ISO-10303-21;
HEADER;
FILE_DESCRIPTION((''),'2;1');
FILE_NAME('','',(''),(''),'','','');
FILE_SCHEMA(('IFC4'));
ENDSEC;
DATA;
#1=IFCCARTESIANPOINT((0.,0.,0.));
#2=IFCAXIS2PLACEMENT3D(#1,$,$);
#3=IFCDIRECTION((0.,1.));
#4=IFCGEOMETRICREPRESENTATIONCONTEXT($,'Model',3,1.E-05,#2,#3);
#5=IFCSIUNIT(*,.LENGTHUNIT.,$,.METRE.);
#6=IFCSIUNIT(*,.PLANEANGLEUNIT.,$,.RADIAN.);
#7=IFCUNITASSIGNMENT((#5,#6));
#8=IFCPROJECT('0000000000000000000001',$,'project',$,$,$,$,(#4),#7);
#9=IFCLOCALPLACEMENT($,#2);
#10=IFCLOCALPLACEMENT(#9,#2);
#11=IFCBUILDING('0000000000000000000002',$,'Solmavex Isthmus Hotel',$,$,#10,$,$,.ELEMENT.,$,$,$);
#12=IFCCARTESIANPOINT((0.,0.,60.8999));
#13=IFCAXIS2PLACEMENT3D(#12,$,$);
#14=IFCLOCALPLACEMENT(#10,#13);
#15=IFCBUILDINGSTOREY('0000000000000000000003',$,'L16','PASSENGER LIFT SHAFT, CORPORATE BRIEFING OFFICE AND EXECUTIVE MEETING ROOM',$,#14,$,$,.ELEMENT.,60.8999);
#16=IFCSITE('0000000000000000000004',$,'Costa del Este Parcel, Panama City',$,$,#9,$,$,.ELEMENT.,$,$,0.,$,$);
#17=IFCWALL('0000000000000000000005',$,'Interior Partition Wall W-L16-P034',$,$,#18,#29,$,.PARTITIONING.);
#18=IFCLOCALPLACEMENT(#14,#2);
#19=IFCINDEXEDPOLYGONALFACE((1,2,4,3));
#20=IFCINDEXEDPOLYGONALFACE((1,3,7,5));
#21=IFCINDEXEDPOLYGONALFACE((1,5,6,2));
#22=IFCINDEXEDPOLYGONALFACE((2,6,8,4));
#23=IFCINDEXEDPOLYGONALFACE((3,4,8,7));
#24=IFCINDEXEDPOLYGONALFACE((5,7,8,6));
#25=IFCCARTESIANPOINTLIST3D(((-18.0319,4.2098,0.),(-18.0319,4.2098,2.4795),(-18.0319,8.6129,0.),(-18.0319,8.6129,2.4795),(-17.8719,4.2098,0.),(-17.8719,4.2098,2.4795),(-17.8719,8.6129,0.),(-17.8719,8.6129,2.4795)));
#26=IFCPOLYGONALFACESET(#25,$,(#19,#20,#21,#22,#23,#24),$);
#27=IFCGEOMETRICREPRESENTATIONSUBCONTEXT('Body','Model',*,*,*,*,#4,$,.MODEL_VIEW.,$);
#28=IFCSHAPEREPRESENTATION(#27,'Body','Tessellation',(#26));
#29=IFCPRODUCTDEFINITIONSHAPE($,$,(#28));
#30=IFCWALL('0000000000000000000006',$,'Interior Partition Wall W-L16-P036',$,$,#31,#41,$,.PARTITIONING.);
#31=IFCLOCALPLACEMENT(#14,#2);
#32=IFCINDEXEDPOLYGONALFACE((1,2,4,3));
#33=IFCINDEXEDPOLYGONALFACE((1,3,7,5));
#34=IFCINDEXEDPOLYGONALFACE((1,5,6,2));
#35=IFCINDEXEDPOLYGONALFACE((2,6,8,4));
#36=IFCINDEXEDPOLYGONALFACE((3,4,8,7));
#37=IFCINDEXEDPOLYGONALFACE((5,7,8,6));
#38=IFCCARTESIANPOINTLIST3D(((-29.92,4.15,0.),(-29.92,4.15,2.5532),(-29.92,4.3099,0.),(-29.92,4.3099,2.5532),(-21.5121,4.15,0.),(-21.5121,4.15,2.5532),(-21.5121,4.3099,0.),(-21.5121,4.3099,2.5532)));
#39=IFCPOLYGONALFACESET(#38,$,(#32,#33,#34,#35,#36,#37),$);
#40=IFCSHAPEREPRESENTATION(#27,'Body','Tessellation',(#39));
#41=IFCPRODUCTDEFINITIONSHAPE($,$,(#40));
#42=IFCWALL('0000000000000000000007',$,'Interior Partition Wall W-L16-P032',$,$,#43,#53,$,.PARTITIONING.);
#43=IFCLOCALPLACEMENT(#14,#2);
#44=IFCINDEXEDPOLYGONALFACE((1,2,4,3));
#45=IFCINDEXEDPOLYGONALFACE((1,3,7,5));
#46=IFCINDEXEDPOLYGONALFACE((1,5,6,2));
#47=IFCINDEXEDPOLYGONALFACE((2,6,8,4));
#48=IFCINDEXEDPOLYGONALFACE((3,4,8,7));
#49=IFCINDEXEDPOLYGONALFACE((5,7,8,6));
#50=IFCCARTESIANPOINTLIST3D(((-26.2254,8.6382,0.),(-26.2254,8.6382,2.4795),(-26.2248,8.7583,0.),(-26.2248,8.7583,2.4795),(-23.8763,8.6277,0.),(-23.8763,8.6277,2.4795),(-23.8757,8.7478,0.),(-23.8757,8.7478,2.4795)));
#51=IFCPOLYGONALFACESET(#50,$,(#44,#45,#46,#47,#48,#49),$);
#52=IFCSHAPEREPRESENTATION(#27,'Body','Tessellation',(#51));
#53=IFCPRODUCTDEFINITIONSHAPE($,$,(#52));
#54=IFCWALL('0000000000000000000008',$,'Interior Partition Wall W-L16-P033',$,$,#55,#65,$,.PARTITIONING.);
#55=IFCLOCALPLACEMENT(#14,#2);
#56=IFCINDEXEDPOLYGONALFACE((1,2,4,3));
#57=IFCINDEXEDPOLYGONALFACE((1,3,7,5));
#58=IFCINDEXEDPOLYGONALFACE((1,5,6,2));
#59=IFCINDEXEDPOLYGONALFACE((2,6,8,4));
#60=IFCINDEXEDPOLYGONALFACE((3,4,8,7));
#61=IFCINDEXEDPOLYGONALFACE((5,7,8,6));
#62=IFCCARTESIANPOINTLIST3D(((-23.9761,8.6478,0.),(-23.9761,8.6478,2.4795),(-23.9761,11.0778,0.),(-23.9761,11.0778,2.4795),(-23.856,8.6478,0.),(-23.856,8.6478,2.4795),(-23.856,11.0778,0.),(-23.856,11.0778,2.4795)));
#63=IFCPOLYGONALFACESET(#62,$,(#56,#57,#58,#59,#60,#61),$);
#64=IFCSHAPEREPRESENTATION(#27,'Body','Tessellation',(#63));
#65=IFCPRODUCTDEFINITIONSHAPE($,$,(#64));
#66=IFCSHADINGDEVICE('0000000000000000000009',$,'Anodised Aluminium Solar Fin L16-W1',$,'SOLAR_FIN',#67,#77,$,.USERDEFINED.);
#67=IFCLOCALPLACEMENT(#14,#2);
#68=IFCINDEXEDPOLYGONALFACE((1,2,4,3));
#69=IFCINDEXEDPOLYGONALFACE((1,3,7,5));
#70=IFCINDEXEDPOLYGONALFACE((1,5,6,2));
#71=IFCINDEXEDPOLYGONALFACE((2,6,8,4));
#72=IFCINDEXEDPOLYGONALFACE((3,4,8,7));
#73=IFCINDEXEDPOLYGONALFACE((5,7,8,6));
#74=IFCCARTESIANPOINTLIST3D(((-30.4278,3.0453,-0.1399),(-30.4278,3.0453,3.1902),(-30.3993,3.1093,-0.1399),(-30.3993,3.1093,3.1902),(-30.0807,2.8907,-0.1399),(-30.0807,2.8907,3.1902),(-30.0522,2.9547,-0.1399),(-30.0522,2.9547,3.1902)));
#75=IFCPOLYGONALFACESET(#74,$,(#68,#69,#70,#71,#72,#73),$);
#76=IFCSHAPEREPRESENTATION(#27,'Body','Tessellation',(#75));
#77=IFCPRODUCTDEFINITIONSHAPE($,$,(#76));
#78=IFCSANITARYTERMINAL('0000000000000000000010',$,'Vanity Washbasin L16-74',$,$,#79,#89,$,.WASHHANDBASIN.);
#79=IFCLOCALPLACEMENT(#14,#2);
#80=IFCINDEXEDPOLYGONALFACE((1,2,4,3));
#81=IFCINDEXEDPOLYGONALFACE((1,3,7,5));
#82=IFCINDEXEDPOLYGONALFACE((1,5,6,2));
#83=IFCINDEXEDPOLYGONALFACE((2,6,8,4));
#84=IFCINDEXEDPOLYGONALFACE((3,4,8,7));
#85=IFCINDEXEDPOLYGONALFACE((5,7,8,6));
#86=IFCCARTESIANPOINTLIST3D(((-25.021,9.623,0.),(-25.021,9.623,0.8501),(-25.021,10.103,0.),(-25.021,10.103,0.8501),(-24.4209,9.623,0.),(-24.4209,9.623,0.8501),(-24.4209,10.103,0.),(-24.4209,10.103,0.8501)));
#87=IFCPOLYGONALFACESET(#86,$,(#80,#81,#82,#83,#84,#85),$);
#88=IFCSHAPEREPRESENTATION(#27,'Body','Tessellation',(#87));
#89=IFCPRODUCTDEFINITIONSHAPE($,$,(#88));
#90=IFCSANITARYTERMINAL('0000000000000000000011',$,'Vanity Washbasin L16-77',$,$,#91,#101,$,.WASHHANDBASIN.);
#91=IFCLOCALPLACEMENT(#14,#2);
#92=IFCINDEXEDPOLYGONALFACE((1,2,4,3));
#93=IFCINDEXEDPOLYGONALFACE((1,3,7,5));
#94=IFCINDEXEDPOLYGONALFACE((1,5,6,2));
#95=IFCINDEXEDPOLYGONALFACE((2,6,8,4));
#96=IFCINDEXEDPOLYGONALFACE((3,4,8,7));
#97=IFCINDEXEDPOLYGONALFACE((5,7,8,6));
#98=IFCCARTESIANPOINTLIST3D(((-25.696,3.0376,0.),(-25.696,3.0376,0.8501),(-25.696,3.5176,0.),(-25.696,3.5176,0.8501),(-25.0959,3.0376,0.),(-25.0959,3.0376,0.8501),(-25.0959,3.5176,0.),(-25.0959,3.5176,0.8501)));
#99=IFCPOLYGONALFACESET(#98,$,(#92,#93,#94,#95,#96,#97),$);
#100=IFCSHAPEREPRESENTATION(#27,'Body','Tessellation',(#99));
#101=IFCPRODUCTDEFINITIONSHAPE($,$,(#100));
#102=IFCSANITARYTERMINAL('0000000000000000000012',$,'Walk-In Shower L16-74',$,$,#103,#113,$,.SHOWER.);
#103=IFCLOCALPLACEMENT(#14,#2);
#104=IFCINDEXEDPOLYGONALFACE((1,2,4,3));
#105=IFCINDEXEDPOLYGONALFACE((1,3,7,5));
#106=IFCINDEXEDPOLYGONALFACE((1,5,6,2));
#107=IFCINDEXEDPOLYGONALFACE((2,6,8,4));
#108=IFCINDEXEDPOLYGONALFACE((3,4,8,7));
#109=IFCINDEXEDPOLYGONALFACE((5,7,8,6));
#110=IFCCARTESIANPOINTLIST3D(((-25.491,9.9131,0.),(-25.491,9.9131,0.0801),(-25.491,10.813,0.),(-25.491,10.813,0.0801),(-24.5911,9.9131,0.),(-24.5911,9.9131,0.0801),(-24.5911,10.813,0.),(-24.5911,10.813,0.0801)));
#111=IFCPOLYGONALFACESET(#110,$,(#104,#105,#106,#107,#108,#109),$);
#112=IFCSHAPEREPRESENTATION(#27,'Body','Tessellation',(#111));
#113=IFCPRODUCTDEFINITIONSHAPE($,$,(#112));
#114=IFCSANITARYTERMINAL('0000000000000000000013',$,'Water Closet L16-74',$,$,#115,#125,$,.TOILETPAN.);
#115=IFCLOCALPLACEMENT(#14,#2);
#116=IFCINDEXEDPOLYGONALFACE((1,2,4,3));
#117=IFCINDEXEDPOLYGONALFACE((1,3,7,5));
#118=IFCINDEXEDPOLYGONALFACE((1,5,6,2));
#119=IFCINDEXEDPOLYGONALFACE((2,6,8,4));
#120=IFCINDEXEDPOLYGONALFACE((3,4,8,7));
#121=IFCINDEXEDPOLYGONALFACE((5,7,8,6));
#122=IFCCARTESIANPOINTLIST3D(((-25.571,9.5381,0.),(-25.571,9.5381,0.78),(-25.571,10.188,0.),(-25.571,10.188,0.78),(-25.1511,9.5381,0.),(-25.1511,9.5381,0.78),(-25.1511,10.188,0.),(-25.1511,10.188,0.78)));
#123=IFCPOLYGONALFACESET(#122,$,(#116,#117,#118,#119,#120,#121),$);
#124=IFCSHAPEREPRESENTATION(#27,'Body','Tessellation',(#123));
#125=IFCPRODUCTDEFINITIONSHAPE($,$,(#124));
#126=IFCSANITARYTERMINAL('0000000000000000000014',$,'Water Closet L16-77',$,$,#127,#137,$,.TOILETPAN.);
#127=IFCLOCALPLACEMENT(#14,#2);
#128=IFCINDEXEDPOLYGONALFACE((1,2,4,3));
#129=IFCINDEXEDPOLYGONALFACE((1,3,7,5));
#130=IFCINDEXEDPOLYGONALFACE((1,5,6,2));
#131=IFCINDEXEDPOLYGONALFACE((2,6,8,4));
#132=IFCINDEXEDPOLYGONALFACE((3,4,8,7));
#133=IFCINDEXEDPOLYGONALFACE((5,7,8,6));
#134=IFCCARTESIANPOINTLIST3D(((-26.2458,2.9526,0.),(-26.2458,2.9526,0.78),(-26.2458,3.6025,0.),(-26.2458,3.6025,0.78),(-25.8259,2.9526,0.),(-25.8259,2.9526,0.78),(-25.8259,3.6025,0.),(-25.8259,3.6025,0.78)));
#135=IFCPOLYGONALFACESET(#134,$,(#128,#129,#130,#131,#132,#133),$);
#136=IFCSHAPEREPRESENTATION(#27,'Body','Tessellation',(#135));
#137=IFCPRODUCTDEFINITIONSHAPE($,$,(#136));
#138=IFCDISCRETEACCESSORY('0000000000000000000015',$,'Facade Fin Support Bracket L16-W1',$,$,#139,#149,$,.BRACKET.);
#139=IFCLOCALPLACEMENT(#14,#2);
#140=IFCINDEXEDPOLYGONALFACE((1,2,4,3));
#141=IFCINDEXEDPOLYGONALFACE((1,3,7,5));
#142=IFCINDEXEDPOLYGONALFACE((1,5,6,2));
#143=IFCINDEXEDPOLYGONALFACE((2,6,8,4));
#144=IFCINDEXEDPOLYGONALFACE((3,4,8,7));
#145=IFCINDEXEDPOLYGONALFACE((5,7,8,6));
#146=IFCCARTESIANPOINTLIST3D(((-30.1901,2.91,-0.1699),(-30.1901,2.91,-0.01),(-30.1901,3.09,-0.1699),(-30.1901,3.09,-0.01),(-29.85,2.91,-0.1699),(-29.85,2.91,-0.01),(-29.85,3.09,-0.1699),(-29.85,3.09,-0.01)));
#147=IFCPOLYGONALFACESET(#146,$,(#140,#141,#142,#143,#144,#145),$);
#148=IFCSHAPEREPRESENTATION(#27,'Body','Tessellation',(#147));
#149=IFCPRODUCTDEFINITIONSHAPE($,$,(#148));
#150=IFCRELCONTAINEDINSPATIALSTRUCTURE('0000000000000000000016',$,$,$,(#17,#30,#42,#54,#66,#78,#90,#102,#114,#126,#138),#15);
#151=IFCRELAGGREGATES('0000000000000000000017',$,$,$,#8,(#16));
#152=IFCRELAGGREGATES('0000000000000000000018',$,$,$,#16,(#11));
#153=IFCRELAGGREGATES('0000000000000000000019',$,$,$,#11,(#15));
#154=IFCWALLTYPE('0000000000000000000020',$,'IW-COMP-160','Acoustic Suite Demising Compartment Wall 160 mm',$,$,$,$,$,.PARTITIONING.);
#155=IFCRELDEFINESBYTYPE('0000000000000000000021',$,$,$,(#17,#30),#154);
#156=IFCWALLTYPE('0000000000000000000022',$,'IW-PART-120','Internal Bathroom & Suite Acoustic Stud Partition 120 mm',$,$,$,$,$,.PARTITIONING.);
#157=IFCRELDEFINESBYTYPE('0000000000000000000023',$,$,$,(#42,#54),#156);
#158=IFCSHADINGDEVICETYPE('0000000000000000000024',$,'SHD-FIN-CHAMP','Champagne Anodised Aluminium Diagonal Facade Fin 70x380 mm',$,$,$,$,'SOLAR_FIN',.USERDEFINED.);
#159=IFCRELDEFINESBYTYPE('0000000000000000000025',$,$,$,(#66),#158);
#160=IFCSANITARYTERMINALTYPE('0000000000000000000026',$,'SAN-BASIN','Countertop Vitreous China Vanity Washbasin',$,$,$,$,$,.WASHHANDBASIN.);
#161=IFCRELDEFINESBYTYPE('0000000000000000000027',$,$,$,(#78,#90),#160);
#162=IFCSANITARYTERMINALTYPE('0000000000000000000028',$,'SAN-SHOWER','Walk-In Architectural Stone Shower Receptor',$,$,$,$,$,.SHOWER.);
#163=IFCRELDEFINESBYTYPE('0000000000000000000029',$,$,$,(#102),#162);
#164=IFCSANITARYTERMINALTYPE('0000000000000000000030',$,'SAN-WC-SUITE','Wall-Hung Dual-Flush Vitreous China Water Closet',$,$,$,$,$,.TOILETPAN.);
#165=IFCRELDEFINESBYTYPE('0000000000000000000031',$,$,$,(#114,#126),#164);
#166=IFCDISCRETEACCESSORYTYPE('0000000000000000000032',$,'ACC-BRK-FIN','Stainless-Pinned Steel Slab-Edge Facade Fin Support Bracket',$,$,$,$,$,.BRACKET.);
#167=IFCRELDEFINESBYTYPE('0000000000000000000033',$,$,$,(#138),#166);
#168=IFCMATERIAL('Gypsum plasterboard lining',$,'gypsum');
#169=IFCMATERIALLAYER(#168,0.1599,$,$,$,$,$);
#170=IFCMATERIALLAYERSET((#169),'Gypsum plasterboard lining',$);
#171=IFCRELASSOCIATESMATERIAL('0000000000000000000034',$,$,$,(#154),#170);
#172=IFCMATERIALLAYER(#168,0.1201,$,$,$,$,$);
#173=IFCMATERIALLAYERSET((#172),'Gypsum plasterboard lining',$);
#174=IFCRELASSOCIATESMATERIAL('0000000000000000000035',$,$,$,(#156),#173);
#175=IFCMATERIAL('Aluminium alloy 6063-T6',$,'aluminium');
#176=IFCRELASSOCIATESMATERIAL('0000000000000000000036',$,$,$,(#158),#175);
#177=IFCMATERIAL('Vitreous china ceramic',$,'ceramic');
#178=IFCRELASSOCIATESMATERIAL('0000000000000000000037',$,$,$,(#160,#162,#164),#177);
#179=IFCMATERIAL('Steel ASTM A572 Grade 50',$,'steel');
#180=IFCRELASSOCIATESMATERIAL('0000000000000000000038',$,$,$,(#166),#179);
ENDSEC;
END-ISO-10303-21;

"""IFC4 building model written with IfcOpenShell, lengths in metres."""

from ifc_helpers import new_model, si_unit, direction, frame, frame_2d, origin, origin_2d, place, context, subcontext, project, spatial, rectangle, extrude, material, layer, layer_set, type_object, element, save


model = new_model("IFC4")

# Units and contexts
model_context = context("Model", 3, precision=1e-05, world=origin(), true_north=direction((0.0, 1.0)))
body_context = subcontext(model_context, "Body", "Model", "MODEL_VIEW")
ifc_project = project(units=[si_unit("LENGTHUNIT", "METRE"), si_unit("PLANEANGLEUNIT", "RADIAN")], contexts=[model_context])

# Site, building, storey
site_placement = place(None, origin())
site = spatial("IfcSite", under=ifc_project, at=site_placement, Name="Costa del Este Parcel, Panama City", CompositionType="ELEMENT", RefElevation=0.0)
building_placement = place(site_placement, origin())
building = spatial("IfcBuilding", under=site, at=building_placement, Name="Solmavex Isthmus Hotel", CompositionType="ELEMENT")
storey_placement = place(building_placement, frame((0.0, 0.0, 60.8999)))
storey = spatial("IfcBuildingStorey", under=building, at=storey_placement, Name="L16", Description="PASSENGER LIFT SHAFT, CORPORATE BRIEFING OFFICE AND EXECUTIVE MEETING ROOM", CompositionType="ELEMENT", Elevation=60.8999)

# Shared definitions
ifc_material_1 = material(Name="Aluminium alloy 6063-T6", Category="aluminium")

# Shared definitions
ifc_material_2 = material(Name="Gypsum plasterboard lining", Category="gypsum")
ifc_layer_1 = layer(ifc_material_2, 0.1599)
ifc_layer_set_1 = layer_set([ifc_layer_1], Name="Gypsum plasterboard lining")
wall_type_1 = type_object("IfcWallType", Name="IW-COMP-160", Description="Acoustic Suite Demising Compartment Wall 160 mm", PredefinedType="PARTITIONING", material=ifc_layer_set_1)

# Walls
wall_1_placement = place(storey_placement, frame((-17.9519, 8.613, 0.0), z_axis=(0.0, 0.0, 1.0), x_axis=(0.0, -1.0, 0.0)))
element("IfcWall", 1, at=wall_1_placement, inside=storey, type_object=wall_type_1, Name="Interior Partition Wall W-L16-P034", PredefinedType="PARTITIONING", context=body_context, shape_type="SweptSolid", body=[
    extrude(rectangle(XDim=4.4031, YDim=0.1599, at=frame_2d((2.2017, 0.0))), origin(), (0.0, 0.0, 1.0), 2.4795),
])
wall_2_placement = place(storey_placement, frame((-21.512, 4.23, 0.0), z_axis=(0.0, 0.0, 1.0), x_axis=(-1.0, 0.0, 0.0)))
element("IfcWall", 2, at=wall_2_placement, inside=storey, type_object=wall_type_1, Name="Interior Partition Wall W-L16-P036", PredefinedType="PARTITIONING", context=body_context, shape_type="SweptSolid", body=[
    extrude(rectangle(XDim=8.408, YDim=0.1599, at=frame_2d((4.2041, 0.0))), origin(), (0.0, 0.0, 1.0), 2.5532),
])

# Walls
ifc_layer_2 = layer(ifc_material_2, 0.1201)
ifc_layer_set_2 = layer_set([ifc_layer_2], Name="Gypsum plasterboard lining")
wall_type_2 = type_object("IfcWallType", Name="IW-PART-120", Description="Internal Bathroom & Suite Acoustic Stud Partition 120 mm", PredefinedType="PARTITIONING", material=ifc_layer_set_2)
wall_3_placement = place(storey_placement, frame((-26.2251, 8.6982, 0.0), z_axis=(0.0, 0.0, 1.0), x_axis=(0.99999, -0.004469, 0.0)))
element("IfcWall", 3, at=wall_3_placement, inside=storey, type_object=wall_type_2, Name="Interior Partition Wall W-L16-P032", PredefinedType="PARTITIONING", context=body_context, shape_type="SweptSolid", body=[
    extrude(rectangle(XDim=2.3491, YDim=0.1201, at=frame_2d((1.1746, 0.0))), origin(), (0.0, 0.0, 1.0), 2.4795),
])
wall_4_placement = place(storey_placement, frame((-23.916, 8.6479, 0.0), z_axis=(0.0, 0.0, 1.0), x_axis=(0.0, 1.0, 0.0)))
element("IfcWall", 4, at=wall_4_placement, inside=storey, type_object=wall_type_2, Name="Interior Partition Wall W-L16-P033", PredefinedType="PARTITIONING", context=body_context, shape_type="SweptSolid", body=[
    extrude(rectangle(XDim=2.4299, YDim=0.1201, at=frame_2d((1.2148, 0.0))), origin(), (0.0, 0.0, 1.0), 2.4795),
])

# Shading device
shading_device_type = type_object("IfcShadingDeviceType", Name="SHD-FIN-CHAMP", Description="Champagne Anodised Aluminium Diagonal Facade Fin 70x380 mm", ElementType="SOLAR_FIN", PredefinedType="USERDEFINED", material=ifc_material_1)
shading_device_placement = place(storey_placement, frame((-30.24, 3.0, -0.1399), z_axis=(0.0, 0.0, 1.0), x_axis=(-0.913545, 0.406737, 0.0)))
element("IfcShadingDevice", 5, at=shading_device_placement, inside=storey, type_object=shading_device_type, Name="Anodised Aluminium Solar Fin L16-W1", ObjectType="SOLAR_FIN", PredefinedType="USERDEFINED", context=body_context, shape_type="SweptSolid", body=[
    extrude(rectangle(XDim=0.3799, YDim=0.0701, at=origin_2d()), origin(), (0.0, 0.0, 1.0), 3.3301),
])

# Sanitary terminals
ifc_material_3 = material(Name="Vitreous china ceramic", Category="ceramic")
sanitary_terminal_type_1 = type_object("IfcSanitaryTerminalType", Name="SAN-BASIN", Description="Countertop Vitreous China Vanity Washbasin", PredefinedType="WASHHANDBASIN", material=ifc_material_3)
for number, where, z_axis, x_axis, name in (
    (6, (-24.7209, 9.863, 0.0), (0.0, 0.0, 1.0), (1.0, 0.0, 0.0), "Vanity Washbasin L16-74"),
    (7, (-25.396, 3.2776, 0.0), (0.0, 0.0, 1.0), (1.0, 0.0, 0.0), "Vanity Washbasin L16-77"),
):
    element("IfcSanitaryTerminal", number, at=place(storey_placement, frame(where, z_axis=z_axis, x_axis=x_axis)), inside=storey, type_object=sanitary_terminal_type_1, Name=name, PredefinedType="WASHHANDBASIN", context=body_context, shape_type="SweptSolid", body=[
        extrude(rectangle(XDim=0.6001, YDim=0.48, at=origin_2d()), origin(), (0.0, 0.0, 1.0), 0.8501),
    ])
sanitary_terminal_type_2 = type_object("IfcSanitaryTerminalType", Name="SAN-SHOWER", Description="Walk-In Architectural Stone Shower Receptor", PredefinedType="SHOWER", material=ifc_material_3)
sanitary_terminal_placement = place(storey_placement, frame((-25.041, 10.363, 0.0), z_axis=(0.0, 0.0, 1.0), x_axis=(1.0, 0.0, 0.0)))
element("IfcSanitaryTerminal", 8, at=sanitary_terminal_placement, inside=storey, type_object=sanitary_terminal_type_2, Name="Walk-In Shower L16-74", PredefinedType="SHOWER", context=body_context, shape_type="SweptSolid", body=[
    extrude(rectangle(XDim=0.8999, YDim=0.8999, at=origin_2d()), origin(), (0.0, 0.0, 1.0), 0.0801),
])
sanitary_terminal_type_3 = type_object("IfcSanitaryTerminalType", Name="SAN-WC-SUITE", Description="Wall-Hung Dual-Flush Vitreous China Water Closet", PredefinedType="TOILETPAN", material=ifc_material_3)
for number, where, z_axis, x_axis, name in (
    (9, (-25.3611, 9.863, 0.0), (0.0, 0.0, 1.0), (1.0, 0.0, 0.0), "Water Closet L16-74"),
    (10, (-26.0359, 3.2776, 0.0), (0.0, 0.0, 1.0), (1.0, 0.0, 0.0), "Water Closet L16-77"),
):
    element("IfcSanitaryTerminal", number, at=place(storey_placement, frame(where, z_axis=z_axis, x_axis=x_axis)), inside=storey, type_object=sanitary_terminal_type_3, Name=name, PredefinedType="TOILETPAN", context=body_context, shape_type="SweptSolid", body=[
        extrude(rectangle(XDim=0.4199, YDim=0.6499, at=origin_2d()), origin(), (0.0, 0.0, 1.0), 0.78),
    ])

# Discrete accessory
ifc_material_4 = material(Name="Steel ASTM A572 Grade 50", Category="steel")
discrete_accessory_type = type_object("IfcDiscreteAccessoryType", Name="ACC-BRK-FIN", Description="Stainless-Pinned Steel Slab-Edge Facade Fin Support Bracket", PredefinedType="BRACKET", material=ifc_material_4)
discrete_accessory_placement = place(storey_placement, frame((-30.02, 3.0, -0.1699), z_axis=(0.0, 0.0, 1.0), x_axis=(-1.0, 0.0, 0.0)))
element("IfcDiscreteAccessory", 11, at=discrete_accessory_placement, inside=storey, type_object=discrete_accessory_type, Name="Facade Fin Support Bracket L16-W1", PredefinedType="BRACKET", context=body_context, shape_type="SweptSolid", body=[
    extrude(rectangle(XDim=0.3401, YDim=0.1799, at=origin_2d()), origin(), (0.0, 0.0, 1.0), 0.1599),
])

save(model, "model.ifc")
